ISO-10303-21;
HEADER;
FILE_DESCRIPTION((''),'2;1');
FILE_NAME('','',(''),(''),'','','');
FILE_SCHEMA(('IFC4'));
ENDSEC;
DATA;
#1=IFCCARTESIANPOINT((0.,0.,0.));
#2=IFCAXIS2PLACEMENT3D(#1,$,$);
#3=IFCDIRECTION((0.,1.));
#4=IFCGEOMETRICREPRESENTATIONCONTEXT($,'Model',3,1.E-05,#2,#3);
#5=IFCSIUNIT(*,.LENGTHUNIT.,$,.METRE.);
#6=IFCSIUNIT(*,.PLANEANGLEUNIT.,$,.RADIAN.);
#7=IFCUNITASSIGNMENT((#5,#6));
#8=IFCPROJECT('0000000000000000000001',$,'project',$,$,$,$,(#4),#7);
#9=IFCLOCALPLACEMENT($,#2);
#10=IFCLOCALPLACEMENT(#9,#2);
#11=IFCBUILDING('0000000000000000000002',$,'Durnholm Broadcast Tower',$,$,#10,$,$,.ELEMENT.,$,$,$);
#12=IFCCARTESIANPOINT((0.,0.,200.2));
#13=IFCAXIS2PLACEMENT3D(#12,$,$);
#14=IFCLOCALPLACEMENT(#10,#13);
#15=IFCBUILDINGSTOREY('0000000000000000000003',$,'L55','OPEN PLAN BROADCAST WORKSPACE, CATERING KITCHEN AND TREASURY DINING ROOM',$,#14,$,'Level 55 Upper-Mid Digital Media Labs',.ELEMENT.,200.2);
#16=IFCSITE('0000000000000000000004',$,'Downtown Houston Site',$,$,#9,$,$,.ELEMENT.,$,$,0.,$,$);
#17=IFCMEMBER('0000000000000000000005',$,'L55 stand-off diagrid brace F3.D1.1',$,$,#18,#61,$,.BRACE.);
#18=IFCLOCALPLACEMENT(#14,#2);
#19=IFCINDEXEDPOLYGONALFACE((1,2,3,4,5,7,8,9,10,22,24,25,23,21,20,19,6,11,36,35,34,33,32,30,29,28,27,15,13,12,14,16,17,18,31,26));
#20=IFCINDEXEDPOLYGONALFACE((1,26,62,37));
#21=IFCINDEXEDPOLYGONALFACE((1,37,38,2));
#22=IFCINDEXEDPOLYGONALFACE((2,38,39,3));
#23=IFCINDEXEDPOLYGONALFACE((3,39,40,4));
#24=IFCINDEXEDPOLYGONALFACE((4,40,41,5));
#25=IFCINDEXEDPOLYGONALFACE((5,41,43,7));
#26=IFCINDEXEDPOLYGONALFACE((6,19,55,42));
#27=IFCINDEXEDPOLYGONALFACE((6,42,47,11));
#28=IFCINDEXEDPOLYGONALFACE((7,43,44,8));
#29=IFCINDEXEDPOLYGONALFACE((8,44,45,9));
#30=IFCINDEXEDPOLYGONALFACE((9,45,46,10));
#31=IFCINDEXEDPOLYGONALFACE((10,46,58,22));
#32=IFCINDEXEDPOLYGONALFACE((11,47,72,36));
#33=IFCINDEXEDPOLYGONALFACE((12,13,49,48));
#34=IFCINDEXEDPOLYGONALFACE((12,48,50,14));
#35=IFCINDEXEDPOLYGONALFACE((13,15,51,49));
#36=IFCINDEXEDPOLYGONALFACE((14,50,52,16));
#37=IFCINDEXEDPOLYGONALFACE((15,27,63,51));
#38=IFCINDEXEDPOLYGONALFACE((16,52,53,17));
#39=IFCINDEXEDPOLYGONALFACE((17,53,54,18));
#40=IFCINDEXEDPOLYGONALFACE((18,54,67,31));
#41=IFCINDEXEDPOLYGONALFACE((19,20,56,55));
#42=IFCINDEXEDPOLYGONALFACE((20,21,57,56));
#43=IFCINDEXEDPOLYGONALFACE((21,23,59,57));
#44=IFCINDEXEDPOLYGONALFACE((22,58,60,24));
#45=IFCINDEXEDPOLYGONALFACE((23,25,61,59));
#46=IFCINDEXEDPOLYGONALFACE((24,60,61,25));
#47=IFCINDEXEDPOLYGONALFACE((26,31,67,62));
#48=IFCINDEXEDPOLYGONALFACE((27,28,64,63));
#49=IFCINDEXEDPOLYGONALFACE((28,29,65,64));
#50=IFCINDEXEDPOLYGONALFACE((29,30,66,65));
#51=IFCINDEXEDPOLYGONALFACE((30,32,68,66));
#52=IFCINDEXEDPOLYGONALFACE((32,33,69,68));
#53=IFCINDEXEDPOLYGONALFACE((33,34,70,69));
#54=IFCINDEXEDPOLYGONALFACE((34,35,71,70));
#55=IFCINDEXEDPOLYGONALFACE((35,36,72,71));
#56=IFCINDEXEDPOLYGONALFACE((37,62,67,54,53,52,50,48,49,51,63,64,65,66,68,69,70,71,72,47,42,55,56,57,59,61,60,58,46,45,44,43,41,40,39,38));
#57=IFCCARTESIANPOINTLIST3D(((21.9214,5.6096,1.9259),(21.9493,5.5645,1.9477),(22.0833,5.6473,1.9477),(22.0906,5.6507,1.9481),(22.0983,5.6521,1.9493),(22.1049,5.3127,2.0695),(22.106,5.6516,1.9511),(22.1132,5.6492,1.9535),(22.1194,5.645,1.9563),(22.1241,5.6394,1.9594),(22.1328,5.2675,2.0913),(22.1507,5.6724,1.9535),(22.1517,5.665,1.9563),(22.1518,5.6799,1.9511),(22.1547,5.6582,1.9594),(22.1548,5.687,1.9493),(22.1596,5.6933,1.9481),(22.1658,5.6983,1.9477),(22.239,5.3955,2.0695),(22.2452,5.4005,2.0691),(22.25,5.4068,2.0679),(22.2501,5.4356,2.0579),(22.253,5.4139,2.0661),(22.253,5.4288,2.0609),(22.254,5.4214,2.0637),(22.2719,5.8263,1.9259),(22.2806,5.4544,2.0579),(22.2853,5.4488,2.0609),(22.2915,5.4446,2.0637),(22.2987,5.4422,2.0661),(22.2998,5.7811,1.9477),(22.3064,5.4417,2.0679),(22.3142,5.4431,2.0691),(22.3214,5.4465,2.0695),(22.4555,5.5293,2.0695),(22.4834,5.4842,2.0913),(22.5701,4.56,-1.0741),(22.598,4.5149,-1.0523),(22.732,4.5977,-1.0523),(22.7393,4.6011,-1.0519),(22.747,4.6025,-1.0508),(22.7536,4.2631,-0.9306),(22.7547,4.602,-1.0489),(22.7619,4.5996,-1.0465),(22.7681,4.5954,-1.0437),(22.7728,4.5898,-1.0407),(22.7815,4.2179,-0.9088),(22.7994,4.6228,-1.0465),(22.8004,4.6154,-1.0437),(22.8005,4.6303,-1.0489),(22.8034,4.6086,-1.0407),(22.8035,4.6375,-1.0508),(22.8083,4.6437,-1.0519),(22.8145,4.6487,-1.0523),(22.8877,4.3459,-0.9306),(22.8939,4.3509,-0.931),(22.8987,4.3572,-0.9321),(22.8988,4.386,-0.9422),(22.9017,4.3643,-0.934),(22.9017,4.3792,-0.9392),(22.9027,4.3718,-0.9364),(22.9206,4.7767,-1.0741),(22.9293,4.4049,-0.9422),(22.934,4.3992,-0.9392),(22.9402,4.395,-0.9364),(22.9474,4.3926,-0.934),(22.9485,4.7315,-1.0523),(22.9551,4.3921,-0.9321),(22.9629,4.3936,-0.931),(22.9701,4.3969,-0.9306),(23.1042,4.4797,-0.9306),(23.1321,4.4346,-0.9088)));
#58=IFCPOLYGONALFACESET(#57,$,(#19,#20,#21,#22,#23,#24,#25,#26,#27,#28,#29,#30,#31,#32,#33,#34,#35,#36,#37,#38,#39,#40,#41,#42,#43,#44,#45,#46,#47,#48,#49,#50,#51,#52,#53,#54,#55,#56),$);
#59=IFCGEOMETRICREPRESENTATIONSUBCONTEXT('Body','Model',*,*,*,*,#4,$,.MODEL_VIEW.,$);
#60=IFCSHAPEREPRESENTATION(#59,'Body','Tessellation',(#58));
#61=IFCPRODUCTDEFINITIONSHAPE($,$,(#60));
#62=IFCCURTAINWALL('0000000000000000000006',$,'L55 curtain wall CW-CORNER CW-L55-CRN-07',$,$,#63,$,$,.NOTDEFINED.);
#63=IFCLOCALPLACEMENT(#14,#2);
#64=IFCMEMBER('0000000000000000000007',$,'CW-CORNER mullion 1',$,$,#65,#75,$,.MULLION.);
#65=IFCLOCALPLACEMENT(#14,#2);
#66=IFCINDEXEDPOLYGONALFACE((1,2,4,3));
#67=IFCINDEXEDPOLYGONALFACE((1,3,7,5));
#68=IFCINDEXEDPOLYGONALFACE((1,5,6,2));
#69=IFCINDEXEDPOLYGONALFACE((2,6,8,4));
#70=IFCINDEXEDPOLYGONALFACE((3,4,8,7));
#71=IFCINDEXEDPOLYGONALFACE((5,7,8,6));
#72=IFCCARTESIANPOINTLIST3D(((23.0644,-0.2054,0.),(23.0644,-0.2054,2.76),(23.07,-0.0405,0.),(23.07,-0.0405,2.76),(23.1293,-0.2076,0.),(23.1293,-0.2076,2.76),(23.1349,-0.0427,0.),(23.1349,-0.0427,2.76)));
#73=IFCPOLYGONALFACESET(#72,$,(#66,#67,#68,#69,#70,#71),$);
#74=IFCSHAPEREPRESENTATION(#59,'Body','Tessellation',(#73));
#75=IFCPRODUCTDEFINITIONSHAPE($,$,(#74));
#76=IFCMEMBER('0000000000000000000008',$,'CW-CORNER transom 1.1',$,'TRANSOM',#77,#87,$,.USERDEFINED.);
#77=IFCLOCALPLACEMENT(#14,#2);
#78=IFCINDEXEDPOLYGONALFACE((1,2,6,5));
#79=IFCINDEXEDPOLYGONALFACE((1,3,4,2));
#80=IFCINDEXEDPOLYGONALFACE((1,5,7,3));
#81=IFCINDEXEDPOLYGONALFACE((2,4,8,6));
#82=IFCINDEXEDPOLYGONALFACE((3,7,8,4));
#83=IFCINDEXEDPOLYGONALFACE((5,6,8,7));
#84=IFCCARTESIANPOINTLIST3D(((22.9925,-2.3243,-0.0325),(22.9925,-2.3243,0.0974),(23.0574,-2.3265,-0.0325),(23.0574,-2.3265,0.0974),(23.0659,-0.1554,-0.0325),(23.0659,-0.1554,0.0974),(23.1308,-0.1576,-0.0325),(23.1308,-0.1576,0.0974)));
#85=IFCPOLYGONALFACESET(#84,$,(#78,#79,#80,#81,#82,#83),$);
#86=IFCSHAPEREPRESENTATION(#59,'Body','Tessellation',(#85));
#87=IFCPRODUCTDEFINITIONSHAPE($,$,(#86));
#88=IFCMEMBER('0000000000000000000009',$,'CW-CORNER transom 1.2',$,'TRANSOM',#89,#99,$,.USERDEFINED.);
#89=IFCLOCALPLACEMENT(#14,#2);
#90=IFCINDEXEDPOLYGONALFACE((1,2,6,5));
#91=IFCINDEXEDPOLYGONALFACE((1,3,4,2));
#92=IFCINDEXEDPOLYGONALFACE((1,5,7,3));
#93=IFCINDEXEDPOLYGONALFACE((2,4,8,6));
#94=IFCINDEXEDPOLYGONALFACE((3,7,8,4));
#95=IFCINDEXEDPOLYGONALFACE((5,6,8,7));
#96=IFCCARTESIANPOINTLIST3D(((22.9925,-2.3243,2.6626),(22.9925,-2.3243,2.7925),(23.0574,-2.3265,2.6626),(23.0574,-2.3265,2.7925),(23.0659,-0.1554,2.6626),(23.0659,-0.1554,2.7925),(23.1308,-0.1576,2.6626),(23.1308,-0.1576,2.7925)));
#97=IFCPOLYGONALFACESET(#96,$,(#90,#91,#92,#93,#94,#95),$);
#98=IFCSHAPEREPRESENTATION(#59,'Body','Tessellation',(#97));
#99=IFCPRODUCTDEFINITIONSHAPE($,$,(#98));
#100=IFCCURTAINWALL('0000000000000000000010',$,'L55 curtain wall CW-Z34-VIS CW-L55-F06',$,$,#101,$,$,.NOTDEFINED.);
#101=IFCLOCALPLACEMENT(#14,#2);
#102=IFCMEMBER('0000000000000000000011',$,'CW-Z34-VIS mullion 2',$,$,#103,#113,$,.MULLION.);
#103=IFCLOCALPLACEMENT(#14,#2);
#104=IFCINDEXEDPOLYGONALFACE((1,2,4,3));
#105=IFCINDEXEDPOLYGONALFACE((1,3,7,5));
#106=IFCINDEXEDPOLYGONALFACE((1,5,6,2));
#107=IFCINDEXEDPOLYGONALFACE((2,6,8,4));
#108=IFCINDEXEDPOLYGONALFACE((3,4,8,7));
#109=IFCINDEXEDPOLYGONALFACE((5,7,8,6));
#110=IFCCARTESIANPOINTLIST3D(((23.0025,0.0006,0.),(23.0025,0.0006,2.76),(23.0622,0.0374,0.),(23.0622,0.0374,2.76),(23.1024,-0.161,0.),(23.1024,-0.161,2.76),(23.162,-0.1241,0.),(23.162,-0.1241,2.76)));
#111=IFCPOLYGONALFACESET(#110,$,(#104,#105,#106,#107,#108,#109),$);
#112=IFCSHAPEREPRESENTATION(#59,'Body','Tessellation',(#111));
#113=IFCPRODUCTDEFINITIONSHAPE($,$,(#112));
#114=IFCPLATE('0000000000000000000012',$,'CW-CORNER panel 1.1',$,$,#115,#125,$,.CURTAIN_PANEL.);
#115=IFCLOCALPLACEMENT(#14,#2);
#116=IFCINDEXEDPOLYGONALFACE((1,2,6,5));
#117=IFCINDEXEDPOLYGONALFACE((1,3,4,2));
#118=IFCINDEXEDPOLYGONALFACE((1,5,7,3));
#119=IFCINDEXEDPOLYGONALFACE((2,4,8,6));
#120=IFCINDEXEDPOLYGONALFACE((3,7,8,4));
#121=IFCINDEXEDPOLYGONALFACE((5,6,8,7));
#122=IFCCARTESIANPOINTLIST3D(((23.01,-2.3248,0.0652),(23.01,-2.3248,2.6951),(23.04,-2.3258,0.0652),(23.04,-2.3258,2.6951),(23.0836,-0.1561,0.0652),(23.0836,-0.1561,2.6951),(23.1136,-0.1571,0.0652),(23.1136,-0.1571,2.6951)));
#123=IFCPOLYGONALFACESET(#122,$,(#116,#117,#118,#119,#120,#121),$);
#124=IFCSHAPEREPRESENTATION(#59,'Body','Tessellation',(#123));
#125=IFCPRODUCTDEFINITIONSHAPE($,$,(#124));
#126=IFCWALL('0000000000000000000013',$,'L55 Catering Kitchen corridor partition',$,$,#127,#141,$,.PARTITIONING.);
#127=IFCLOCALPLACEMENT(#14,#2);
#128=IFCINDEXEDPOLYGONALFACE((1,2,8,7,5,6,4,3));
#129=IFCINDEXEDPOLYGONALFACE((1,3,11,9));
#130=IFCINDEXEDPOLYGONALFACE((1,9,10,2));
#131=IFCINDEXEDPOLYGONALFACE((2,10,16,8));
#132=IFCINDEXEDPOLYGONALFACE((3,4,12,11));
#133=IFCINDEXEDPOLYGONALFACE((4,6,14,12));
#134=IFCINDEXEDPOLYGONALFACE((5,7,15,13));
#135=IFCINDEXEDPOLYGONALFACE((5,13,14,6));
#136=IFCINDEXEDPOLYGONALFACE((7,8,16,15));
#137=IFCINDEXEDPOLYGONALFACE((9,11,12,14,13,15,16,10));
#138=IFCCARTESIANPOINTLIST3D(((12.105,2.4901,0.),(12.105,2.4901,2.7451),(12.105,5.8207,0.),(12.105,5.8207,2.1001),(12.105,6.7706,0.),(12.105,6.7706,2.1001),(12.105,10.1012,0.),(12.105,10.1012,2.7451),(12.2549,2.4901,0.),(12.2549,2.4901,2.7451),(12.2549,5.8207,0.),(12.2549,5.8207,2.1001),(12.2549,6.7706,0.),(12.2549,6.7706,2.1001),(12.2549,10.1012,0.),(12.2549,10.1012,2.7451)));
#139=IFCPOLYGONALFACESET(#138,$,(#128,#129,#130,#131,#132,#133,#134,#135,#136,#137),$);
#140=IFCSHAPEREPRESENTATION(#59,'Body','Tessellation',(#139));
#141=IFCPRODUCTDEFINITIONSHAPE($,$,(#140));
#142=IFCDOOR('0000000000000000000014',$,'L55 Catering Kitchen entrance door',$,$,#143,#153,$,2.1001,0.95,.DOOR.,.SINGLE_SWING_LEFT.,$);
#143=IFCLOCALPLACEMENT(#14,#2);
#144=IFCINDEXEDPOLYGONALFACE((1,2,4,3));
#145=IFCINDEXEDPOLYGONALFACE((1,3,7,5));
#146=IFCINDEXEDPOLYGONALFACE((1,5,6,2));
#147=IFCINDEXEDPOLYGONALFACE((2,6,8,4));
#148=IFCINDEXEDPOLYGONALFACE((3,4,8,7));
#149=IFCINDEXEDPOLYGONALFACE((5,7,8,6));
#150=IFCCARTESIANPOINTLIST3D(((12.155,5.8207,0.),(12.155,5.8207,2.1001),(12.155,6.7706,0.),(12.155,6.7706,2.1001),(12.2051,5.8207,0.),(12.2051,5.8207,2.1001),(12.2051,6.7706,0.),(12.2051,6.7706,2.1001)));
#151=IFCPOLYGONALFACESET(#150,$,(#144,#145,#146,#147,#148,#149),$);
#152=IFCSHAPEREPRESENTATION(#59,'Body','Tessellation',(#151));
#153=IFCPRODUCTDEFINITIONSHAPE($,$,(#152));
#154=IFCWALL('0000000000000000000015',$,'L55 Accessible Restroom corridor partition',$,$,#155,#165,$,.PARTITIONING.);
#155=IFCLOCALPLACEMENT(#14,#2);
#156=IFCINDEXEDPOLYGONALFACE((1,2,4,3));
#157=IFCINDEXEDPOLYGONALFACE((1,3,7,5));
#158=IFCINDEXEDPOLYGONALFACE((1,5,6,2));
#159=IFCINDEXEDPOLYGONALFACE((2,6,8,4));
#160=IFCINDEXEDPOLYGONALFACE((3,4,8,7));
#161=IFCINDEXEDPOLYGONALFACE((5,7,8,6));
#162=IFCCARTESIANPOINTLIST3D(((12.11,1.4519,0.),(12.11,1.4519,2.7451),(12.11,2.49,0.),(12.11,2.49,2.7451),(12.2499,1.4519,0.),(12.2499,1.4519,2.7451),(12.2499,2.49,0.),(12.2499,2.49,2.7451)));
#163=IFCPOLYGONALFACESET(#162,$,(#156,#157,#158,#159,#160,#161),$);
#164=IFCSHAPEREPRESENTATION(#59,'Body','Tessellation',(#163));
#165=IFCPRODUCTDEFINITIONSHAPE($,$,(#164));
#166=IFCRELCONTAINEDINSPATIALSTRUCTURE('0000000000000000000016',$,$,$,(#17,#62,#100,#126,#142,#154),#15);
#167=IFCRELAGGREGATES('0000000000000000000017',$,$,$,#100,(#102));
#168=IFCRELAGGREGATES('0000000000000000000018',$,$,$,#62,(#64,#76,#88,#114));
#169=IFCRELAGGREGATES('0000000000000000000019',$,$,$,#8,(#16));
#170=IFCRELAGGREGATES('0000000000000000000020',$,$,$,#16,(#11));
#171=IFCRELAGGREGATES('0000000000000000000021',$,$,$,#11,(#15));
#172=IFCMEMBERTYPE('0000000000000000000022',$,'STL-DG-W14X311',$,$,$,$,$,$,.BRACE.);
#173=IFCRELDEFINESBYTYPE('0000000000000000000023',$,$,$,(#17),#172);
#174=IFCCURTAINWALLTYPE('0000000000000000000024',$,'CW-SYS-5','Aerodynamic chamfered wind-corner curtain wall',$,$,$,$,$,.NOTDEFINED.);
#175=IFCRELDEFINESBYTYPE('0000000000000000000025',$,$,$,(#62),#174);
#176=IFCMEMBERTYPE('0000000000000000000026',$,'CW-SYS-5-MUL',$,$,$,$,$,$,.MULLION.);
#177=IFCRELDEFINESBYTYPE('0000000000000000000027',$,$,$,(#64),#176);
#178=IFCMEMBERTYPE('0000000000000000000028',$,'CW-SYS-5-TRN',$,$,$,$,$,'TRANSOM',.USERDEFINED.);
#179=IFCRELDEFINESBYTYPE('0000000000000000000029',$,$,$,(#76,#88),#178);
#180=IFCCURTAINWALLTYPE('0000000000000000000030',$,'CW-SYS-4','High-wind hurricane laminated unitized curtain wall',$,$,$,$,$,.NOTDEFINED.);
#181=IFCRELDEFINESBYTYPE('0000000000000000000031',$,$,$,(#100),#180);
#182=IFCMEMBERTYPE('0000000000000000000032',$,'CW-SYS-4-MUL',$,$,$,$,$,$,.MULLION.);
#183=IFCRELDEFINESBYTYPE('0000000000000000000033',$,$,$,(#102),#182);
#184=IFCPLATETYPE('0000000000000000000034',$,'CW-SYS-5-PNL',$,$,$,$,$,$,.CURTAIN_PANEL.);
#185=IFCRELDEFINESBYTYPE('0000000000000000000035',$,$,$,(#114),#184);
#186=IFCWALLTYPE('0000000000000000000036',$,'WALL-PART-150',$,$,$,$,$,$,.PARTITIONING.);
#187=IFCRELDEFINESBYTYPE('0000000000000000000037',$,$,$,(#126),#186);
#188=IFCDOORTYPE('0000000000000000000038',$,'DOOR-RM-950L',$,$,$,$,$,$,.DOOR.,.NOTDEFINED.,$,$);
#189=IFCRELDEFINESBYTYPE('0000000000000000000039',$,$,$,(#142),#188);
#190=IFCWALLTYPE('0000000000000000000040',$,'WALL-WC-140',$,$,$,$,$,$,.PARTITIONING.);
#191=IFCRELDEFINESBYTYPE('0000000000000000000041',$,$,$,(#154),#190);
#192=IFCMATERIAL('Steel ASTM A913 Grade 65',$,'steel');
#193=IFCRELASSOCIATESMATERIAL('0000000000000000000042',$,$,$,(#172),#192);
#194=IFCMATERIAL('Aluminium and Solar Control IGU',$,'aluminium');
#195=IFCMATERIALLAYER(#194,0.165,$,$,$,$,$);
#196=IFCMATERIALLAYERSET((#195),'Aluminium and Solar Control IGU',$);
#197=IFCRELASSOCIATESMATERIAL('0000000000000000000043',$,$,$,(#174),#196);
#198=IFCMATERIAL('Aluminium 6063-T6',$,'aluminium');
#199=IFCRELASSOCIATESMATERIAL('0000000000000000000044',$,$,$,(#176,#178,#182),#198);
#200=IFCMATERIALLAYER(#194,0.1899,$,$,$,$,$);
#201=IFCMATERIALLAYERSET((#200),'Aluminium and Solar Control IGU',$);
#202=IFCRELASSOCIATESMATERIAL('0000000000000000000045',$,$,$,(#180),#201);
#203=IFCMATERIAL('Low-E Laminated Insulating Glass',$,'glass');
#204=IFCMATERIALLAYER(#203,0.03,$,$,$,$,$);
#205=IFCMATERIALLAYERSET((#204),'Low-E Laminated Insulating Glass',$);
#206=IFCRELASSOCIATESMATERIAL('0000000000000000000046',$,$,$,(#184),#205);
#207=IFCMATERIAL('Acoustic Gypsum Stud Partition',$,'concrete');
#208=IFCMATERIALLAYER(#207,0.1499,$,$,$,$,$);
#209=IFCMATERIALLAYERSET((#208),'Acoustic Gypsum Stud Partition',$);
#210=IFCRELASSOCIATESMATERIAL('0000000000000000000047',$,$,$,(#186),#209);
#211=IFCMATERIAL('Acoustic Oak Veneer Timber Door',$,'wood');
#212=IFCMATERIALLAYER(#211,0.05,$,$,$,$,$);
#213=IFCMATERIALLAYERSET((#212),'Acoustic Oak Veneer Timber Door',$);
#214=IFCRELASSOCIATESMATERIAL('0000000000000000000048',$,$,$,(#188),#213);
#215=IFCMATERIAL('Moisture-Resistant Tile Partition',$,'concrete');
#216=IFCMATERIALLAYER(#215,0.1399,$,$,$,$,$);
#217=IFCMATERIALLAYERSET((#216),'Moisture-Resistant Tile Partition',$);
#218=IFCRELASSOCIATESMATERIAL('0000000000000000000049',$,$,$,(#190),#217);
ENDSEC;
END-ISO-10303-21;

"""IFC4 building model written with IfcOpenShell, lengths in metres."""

from ifc_helpers import new_model, si_unit, direction, frame, frame_2d, origin, origin_2d, place, context, subcontext, project, spatial, rectangle, i_section, extrude, source, transform, mapped, material, layer, layer_set, material_profile, profile_set, type_object, type_shapes, element, fill, aggregate, save


model = new_model("IFC4")

# Units and contexts
model_context = context("Model", 3, precision=1e-05, world=origin(), true_north=direction((0.0, 1.0)))
body_context = subcontext(model_context, "Body", "Model", "MODEL_VIEW")
ifc_project = project(units=[si_unit("LENGTHUNIT", "METRE"), si_unit("PLANEANGLEUNIT", "RADIAN")], contexts=[model_context])

# Site, building, storey
site_placement = place(None, origin())
site = spatial("IfcSite", under=ifc_project, at=site_placement, Name="Downtown Houston Site", CompositionType="ELEMENT", RefElevation=0.0)
building_placement = place(site_placement, origin())
building = spatial("IfcBuilding", under=site, at=building_placement, Name="Durnholm Broadcast Tower", CompositionType="ELEMENT")
storey_placement = place(building_placement, frame((0.0, 0.0, 200.2)))
storey = spatial("IfcBuildingStorey", under=building, at=storey_placement, Name="L55", Description="OPEN PLAN BROADCAST WORKSPACE, CATERING KITCHEN AND TREASURY DINING ROOM", LongName="Level 55 Upper-Mid Digital Media Labs", CompositionType="ELEMENT", Elevation=200.2)

# Member
ifc_material_1 = material(Name="Steel ASTM A913 Grade 65", Category="steel")
ifc_material_profile_1 = material_profile(ifc_material_1, i_section(OverallWidth=0.4121, OverallDepth=0.4348, WebThickness=0.0359, FlangeThickness=0.0574, FilletRadius=0.0305, at=origin_2d()), Name="W14X311")
ifc_profile_set_1 = profile_set([ifc_material_profile_1], Name="Steel ASTM A913 Grade 65")
member_type_1 = type_object("IfcMemberType", Name="STL-DG-W14X311", PredefinedType="BRACE", material=ifc_profile_set_1)
shared_shape_1 = source(origin(), body_context, "Body", "SweptSolid", [
    extrude(i_section(OverallWidth=0.4121, OverallDepth=0.4348, WebThickness=0.0359, FlangeThickness=0.0574, FilletRadius=0.0305, at=origin_2d()), origin(), (0.0, 0.0, 1.0), 3.2439),
])
type_shapes(member_type_1, [shared_shape_1])
member_1_placement = place(storey_placement, frame((22.8511, 4.4973, -0.9915), z_axis=(-0.199975, 0.323557, 0.924836), x_axis=(-0.850644, -0.525741, 0.0)))
element("IfcMember", 1, at=member_1_placement, inside=storey, type_object=member_type_1, Name="L55 stand-off diagrid brace F3.D1.1", PredefinedType="BRACE", context=body_context, shape_type="MappedRepresentation", body=[
    mapped(shared_shape_1, transform((0.0, 0.0, 0.0), x_axis=(1.0, 0.0, 0.0), y_axis=(0.0, 1.0, 0.0), z_axis=(0.0, 0.0, 1.0), scale=1.0)),
])

# Curtain wall, members
ifc_material_2 = material(Name="Aluminium and Solar Control IGU", Category="aluminium")
ifc_layer_1 = layer(ifc_material_2, 0.165)
ifc_layer_set_1 = layer_set([ifc_layer_1], Name="Aluminium and Solar Control IGU")
curtain_wall_type_1 = type_object("IfcCurtainWallType", Name="CW-SYS-5", Description="Aerodynamic chamfered wind-corner curtain wall", PredefinedType="NOTDEFINED", material=ifc_layer_set_1)
curtain_wall_1_placement = place(storey_placement, origin())
curtain_wall_1 = element("IfcCurtainWall", 2, at=curtain_wall_1_placement, inside=storey, type_object=curtain_wall_type_1, Name="L55 curtain wall CW-CORNER CW-L55-CRN-07", PredefinedType="NOTDEFINED")
ifc_material_3 = material(Name="Aluminium 6063-T6", Category="aluminium")
ifc_material_profile_2 = material_profile(ifc_material_3, rectangle(XDim=0.0649, YDim=0.165, at=origin_2d()), Name="CWM65X165")
ifc_profile_set_2 = profile_set([ifc_material_profile_2], Name="Aluminium 6063-T6")
member_type_2 = type_object("IfcMemberType", Name="CW-SYS-5-MUL", PredefinedType="MULLION", material=ifc_profile_set_2)
shared_shape_2 = source(origin(), body_context, "Body", "SweptSolid", [
    extrude(rectangle(XDim=0.0649, YDim=0.165, at=origin_2d()), origin(), (0.0, 0.0, 1.0), 2.76),
])
type_shapes(member_type_2, [shared_shape_2])
member_2_placement = place(storey_placement, frame((23.0996, -0.124, 0.0), z_axis=(0.0, 0.0, 1.0), x_axis=(0.999425, -0.033913, 0.0)))
member_2 = element("IfcMember", 3, at=member_2_placement, type_object=member_type_2, Name="CW-CORNER mullion 1", PredefinedType="MULLION", context=body_context, shape_type="MappedRepresentation", body=[
    mapped(shared_shape_2, transform((0.0, 0.0, 0.0), x_axis=(1.0, 0.0, 0.0), y_axis=(0.0, 1.0, 0.0), z_axis=(0.0, 0.0, 1.0), scale=1.0)),
])
ifc_material_profile_3 = material_profile(ifc_material_3, rectangle(XDim=0.0649, YDim=0.1299, at=origin_2d()), Name="CWT65X130")
ifc_profile_set_3 = profile_set([ifc_material_profile_3], Name="Aluminium 6063-T6")
member_type_3 = type_object("IfcMemberType", Name="CW-SYS-5-TRN", ElementType="TRANSOM", PredefinedType="USERDEFINED", material=ifc_profile_set_3)
shared_shape_3 = source(origin(), body_context, "Body", "SweptSolid", [
    extrude(rectangle(XDim=0.0649, YDim=0.1299, at=origin_2d()), origin(), (0.0, 0.0, 1.0), 2.1702),
])
type_shapes(member_type_3, [shared_shape_3])
member_3_placement = place(storey_placement, frame((23.0984, -0.1565, 0.0325), z_axis=(-0.033862, -0.999427, 0.0), x_axis=(0.999427, -0.033862, 0.0)))
member_3 = element("IfcMember", 4, at=member_3_placement, type_object=member_type_3, Name="CW-CORNER transom 1.1", ObjectType="TRANSOM", PredefinedType="USERDEFINED", context=body_context, shape_type="MappedRepresentation", body=[
    mapped(shared_shape_3, transform((0.0, 0.0, 0.0), x_axis=(1.0, 0.0, 0.0), y_axis=(0.0, 1.0, 0.0), z_axis=(0.0, 0.0, 1.0), scale=1.0)),
])
member_4_placement = place(storey_placement, frame((23.0984, -0.1565, 2.7275), z_axis=(-0.033862, -0.999427, 0.0), x_axis=(0.999427, -0.033862, 0.0)))
member_4 = element("IfcMember", 5, at=member_4_placement, type_object=member_type_3, Name="CW-CORNER transom 1.2", ObjectType="TRANSOM", PredefinedType="USERDEFINED", context=body_context, shape_type="MappedRepresentation", body=[
    mapped(shared_shape_3, transform((0.0, 0.0, 0.0), x_axis=(1.0, 0.0, 0.0), y_axis=(0.0, 1.0, 0.0), z_axis=(0.0, 0.0, 1.0), scale=1.0)),
])

# Curtain wall, member
ifc_layer_2 = layer(ifc_material_2, 0.1899)
ifc_layer_set_2 = layer_set([ifc_layer_2], Name="Aluminium and Solar Control IGU")
curtain_wall_type_2 = type_object("IfcCurtainWallType", Name="CW-SYS-4", Description="High-wind hurricane laminated unitized curtain wall", PredefinedType="NOTDEFINED", material=ifc_layer_set_2)
curtain_wall_2_placement = place(storey_placement, origin())
curtain_wall_2 = element("IfcCurtainWall", 6, at=curtain_wall_2_placement, inside=storey, type_object=curtain_wall_type_2, Name="L55 curtain wall CW-Z34-VIS CW-L55-F06", PredefinedType="NOTDEFINED")
ifc_material_profile_4 = material_profile(ifc_material_3, rectangle(XDim=0.0701, YDim=0.1899, at=origin_2d()), Name="CWM70X190")
ifc_profile_set_4 = profile_set([ifc_material_profile_4], Name="Aluminium 6063-T6")
member_type_4 = type_object("IfcMemberType", Name="CW-SYS-4-MUL", PredefinedType="MULLION", material=ifc_profile_set_4)
shared_shape_4 = source(origin(), body_context, "Body", "SweptSolid", [
    extrude(rectangle(XDim=0.0701, YDim=0.1899, at=origin_2d()), origin(), (0.0, 0.0, 1.0), 2.76),
])
type_shapes(member_type_4, [shared_shape_4])
member_5_placement = place(storey_placement, frame((23.0823, -0.0618, 0.0), z_axis=(0.0, 0.0, 1.0), x_axis=(0.850671, 0.525698, 0.0)))
member_5 = element("IfcMember", 7, at=member_5_placement, type_object=member_type_4, Name="CW-Z34-VIS mullion 2", PredefinedType="MULLION", context=body_context, shape_type="MappedRepresentation", body=[
    mapped(shared_shape_4, transform((0.0, 0.0, 0.0), x_axis=(1.0, 0.0, 0.0), y_axis=(0.0, 1.0, 0.0), z_axis=(0.0, 0.0, 1.0), scale=1.0)),
])
aggregate(curtain_wall_2, [member_5])

# Plate
ifc_material_4 = material(Name="Low-E Laminated Insulating Glass", Category="glass")
ifc_layer_3 = layer(ifc_material_4, 0.03)
ifc_layer_set_3 = layer_set([ifc_layer_3], Name="Low-E Laminated Insulating Glass")
plate_type = type_object("IfcPlateType", Name="CW-SYS-5-PNL", PredefinedType="CURTAIN_PANEL", material=ifc_layer_set_3)
shared_shape_5 = source(origin(), body_context, "Body", "SweptSolid", [
    extrude(rectangle(XDim=2.1699, YDim=0.03, at=origin_2d()), origin(), (0.0, 0.0, 1.0), 2.6299),
])
type_shapes(plate_type, [shared_shape_5])
plate_placement = place(storey_placement, frame((23.0618, -1.241, 0.0652), z_axis=(0.0, 0.0, 1.0), x_axis=(-0.033913, -0.999425, 0.0)))
plate = element("IfcPlate", 8, at=plate_placement, type_object=plate_type, Name="CW-CORNER panel 1.1", PredefinedType="CURTAIN_PANEL", context=body_context, shape_type="MappedRepresentation", body=[
    mapped(shared_shape_5, transform((0.0, 0.0, 0.0), x_axis=(1.0, 0.0, 0.0), y_axis=(0.0, 1.0, 0.0), z_axis=(0.0, 0.0, 1.0), scale=1.0)),
])
aggregate(curtain_wall_1, [member_2, member_3, member_4, plate])

# Wall, opening, door
ifc_material_5 = material(Name="Acoustic Gypsum Stud Partition", Category="concrete")
ifc_layer_4 = layer(ifc_material_5, 0.1499)
ifc_layer_set_4 = layer_set([ifc_layer_4], Name="Acoustic Gypsum Stud Partition")
wall_type_1 = type_object("IfcWallType", Name="WALL-PART-150", PredefinedType="PARTITIONING", material=ifc_layer_set_4)
wall_1_placement = place(storey_placement, frame((12.1799, 2.49, 0.0), z_axis=(0.0, 0.0, 1.0), x_axis=(0.0, 1.0, 0.0)))
wall_1 = element("IfcWall", 9, at=wall_1_placement, inside=storey, type_object=wall_type_1, Name="L55 Catering Kitchen corridor partition", PredefinedType="PARTITIONING", context=body_context, shape_type="SweptSolid", body=[
    extrude(rectangle(XDim=7.6111, YDim=0.1499, at=frame_2d((3.8057, 0.0))), origin(), (0.0, 0.0, 1.0), 2.7451),
])
opening_placement = place(wall_1_placement, frame((3.3306, 0.0, 0.0)))
opening = element("IfcOpeningElement", 10, at=opening_placement, cuts=wall_1, PredefinedType="OPENING", context=body_context, shape_type="SweptSolid", body=[
    extrude(rectangle(XDim=0.95, YDim=2.1001, at=frame_2d((0.4751, 1.05))), frame((0.0, 0.085, 0.0), z_axis=(0.0, -1.0, 0.0), x_axis=(1.0, 0.0, 0.0)), (0.0, 0.0, 1.0), 0.1699),
])
ifc_material_6 = material(Name="Acoustic Oak Veneer Timber Door", Category="wood")
ifc_layer_5 = layer(ifc_material_6, 0.05)
ifc_layer_set_5 = layer_set([ifc_layer_5], Name="Acoustic Oak Veneer Timber Door")
door_type = type_object("IfcDoorType", Name="DOOR-RM-950L", OperationType="NOTDEFINED", PredefinedType="DOOR", material=ifc_layer_set_5)
shared_shape_6 = source(origin(), body_context, "Body", "SweptSolid", [
    extrude(rectangle(XDim=0.95, YDim=2.1001, at=frame_2d((0.4751, 1.05))), frame((0.0, 0.0249, 0.0), z_axis=(0.0, -1.0, 0.0), x_axis=(1.0, 0.0, 0.0)), (0.0, 0.0, 1.0), 0.05),
])
type_shapes(door_type, [shared_shape_6])
door_placement = place(opening_placement, origin())
door = element("IfcDoor", 11, at=door_placement, inside=storey, type_object=door_type, Name="L55 Catering Kitchen entrance door", OperationType="SINGLE_SWING_LEFT", OverallHeight=2.1001, OverallWidth=0.95, PredefinedType="DOOR", context=body_context, shape_type="MappedRepresentation", body=[
    mapped(shared_shape_6, transform((0.0, 0.0, 0.0), x_axis=(1.0, 0.0, 0.0), y_axis=(0.0, 1.0, 0.0), z_axis=(0.0, 0.0, 1.0), scale=1.0)),
])
fill(opening, door)

# Wall
ifc_material_7 = material(Name="Moisture-Resistant Tile Partition", Category="concrete")
ifc_layer_6 = layer(ifc_material_7, 0.1399)
ifc_layer_set_6 = layer_set([ifc_layer_6], Name="Moisture-Resistant Tile Partition")
wall_type_2 = type_object("IfcWallType", Name="WALL-WC-140", PredefinedType="PARTITIONING", material=ifc_layer_set_6)
wall_2_placement = place(storey_placement, frame((12.1799, 1.4519, 0.0), z_axis=(0.0, 0.0, 1.0), x_axis=(0.0, 1.0, 0.0)))
element("IfcWall", 12, at=wall_2_placement, inside=storey, type_object=wall_type_2, Name="L55 Accessible Restroom corridor partition", PredefinedType="PARTITIONING", context=body_context, shape_type="SweptSolid", body=[
    extrude(rectangle(XDim=1.0381, YDim=0.1399, at=frame_2d((0.519, 0.0))), origin(), (0.0, 0.0, 1.0), 2.7451),
])

save(model, "model.ifc")
